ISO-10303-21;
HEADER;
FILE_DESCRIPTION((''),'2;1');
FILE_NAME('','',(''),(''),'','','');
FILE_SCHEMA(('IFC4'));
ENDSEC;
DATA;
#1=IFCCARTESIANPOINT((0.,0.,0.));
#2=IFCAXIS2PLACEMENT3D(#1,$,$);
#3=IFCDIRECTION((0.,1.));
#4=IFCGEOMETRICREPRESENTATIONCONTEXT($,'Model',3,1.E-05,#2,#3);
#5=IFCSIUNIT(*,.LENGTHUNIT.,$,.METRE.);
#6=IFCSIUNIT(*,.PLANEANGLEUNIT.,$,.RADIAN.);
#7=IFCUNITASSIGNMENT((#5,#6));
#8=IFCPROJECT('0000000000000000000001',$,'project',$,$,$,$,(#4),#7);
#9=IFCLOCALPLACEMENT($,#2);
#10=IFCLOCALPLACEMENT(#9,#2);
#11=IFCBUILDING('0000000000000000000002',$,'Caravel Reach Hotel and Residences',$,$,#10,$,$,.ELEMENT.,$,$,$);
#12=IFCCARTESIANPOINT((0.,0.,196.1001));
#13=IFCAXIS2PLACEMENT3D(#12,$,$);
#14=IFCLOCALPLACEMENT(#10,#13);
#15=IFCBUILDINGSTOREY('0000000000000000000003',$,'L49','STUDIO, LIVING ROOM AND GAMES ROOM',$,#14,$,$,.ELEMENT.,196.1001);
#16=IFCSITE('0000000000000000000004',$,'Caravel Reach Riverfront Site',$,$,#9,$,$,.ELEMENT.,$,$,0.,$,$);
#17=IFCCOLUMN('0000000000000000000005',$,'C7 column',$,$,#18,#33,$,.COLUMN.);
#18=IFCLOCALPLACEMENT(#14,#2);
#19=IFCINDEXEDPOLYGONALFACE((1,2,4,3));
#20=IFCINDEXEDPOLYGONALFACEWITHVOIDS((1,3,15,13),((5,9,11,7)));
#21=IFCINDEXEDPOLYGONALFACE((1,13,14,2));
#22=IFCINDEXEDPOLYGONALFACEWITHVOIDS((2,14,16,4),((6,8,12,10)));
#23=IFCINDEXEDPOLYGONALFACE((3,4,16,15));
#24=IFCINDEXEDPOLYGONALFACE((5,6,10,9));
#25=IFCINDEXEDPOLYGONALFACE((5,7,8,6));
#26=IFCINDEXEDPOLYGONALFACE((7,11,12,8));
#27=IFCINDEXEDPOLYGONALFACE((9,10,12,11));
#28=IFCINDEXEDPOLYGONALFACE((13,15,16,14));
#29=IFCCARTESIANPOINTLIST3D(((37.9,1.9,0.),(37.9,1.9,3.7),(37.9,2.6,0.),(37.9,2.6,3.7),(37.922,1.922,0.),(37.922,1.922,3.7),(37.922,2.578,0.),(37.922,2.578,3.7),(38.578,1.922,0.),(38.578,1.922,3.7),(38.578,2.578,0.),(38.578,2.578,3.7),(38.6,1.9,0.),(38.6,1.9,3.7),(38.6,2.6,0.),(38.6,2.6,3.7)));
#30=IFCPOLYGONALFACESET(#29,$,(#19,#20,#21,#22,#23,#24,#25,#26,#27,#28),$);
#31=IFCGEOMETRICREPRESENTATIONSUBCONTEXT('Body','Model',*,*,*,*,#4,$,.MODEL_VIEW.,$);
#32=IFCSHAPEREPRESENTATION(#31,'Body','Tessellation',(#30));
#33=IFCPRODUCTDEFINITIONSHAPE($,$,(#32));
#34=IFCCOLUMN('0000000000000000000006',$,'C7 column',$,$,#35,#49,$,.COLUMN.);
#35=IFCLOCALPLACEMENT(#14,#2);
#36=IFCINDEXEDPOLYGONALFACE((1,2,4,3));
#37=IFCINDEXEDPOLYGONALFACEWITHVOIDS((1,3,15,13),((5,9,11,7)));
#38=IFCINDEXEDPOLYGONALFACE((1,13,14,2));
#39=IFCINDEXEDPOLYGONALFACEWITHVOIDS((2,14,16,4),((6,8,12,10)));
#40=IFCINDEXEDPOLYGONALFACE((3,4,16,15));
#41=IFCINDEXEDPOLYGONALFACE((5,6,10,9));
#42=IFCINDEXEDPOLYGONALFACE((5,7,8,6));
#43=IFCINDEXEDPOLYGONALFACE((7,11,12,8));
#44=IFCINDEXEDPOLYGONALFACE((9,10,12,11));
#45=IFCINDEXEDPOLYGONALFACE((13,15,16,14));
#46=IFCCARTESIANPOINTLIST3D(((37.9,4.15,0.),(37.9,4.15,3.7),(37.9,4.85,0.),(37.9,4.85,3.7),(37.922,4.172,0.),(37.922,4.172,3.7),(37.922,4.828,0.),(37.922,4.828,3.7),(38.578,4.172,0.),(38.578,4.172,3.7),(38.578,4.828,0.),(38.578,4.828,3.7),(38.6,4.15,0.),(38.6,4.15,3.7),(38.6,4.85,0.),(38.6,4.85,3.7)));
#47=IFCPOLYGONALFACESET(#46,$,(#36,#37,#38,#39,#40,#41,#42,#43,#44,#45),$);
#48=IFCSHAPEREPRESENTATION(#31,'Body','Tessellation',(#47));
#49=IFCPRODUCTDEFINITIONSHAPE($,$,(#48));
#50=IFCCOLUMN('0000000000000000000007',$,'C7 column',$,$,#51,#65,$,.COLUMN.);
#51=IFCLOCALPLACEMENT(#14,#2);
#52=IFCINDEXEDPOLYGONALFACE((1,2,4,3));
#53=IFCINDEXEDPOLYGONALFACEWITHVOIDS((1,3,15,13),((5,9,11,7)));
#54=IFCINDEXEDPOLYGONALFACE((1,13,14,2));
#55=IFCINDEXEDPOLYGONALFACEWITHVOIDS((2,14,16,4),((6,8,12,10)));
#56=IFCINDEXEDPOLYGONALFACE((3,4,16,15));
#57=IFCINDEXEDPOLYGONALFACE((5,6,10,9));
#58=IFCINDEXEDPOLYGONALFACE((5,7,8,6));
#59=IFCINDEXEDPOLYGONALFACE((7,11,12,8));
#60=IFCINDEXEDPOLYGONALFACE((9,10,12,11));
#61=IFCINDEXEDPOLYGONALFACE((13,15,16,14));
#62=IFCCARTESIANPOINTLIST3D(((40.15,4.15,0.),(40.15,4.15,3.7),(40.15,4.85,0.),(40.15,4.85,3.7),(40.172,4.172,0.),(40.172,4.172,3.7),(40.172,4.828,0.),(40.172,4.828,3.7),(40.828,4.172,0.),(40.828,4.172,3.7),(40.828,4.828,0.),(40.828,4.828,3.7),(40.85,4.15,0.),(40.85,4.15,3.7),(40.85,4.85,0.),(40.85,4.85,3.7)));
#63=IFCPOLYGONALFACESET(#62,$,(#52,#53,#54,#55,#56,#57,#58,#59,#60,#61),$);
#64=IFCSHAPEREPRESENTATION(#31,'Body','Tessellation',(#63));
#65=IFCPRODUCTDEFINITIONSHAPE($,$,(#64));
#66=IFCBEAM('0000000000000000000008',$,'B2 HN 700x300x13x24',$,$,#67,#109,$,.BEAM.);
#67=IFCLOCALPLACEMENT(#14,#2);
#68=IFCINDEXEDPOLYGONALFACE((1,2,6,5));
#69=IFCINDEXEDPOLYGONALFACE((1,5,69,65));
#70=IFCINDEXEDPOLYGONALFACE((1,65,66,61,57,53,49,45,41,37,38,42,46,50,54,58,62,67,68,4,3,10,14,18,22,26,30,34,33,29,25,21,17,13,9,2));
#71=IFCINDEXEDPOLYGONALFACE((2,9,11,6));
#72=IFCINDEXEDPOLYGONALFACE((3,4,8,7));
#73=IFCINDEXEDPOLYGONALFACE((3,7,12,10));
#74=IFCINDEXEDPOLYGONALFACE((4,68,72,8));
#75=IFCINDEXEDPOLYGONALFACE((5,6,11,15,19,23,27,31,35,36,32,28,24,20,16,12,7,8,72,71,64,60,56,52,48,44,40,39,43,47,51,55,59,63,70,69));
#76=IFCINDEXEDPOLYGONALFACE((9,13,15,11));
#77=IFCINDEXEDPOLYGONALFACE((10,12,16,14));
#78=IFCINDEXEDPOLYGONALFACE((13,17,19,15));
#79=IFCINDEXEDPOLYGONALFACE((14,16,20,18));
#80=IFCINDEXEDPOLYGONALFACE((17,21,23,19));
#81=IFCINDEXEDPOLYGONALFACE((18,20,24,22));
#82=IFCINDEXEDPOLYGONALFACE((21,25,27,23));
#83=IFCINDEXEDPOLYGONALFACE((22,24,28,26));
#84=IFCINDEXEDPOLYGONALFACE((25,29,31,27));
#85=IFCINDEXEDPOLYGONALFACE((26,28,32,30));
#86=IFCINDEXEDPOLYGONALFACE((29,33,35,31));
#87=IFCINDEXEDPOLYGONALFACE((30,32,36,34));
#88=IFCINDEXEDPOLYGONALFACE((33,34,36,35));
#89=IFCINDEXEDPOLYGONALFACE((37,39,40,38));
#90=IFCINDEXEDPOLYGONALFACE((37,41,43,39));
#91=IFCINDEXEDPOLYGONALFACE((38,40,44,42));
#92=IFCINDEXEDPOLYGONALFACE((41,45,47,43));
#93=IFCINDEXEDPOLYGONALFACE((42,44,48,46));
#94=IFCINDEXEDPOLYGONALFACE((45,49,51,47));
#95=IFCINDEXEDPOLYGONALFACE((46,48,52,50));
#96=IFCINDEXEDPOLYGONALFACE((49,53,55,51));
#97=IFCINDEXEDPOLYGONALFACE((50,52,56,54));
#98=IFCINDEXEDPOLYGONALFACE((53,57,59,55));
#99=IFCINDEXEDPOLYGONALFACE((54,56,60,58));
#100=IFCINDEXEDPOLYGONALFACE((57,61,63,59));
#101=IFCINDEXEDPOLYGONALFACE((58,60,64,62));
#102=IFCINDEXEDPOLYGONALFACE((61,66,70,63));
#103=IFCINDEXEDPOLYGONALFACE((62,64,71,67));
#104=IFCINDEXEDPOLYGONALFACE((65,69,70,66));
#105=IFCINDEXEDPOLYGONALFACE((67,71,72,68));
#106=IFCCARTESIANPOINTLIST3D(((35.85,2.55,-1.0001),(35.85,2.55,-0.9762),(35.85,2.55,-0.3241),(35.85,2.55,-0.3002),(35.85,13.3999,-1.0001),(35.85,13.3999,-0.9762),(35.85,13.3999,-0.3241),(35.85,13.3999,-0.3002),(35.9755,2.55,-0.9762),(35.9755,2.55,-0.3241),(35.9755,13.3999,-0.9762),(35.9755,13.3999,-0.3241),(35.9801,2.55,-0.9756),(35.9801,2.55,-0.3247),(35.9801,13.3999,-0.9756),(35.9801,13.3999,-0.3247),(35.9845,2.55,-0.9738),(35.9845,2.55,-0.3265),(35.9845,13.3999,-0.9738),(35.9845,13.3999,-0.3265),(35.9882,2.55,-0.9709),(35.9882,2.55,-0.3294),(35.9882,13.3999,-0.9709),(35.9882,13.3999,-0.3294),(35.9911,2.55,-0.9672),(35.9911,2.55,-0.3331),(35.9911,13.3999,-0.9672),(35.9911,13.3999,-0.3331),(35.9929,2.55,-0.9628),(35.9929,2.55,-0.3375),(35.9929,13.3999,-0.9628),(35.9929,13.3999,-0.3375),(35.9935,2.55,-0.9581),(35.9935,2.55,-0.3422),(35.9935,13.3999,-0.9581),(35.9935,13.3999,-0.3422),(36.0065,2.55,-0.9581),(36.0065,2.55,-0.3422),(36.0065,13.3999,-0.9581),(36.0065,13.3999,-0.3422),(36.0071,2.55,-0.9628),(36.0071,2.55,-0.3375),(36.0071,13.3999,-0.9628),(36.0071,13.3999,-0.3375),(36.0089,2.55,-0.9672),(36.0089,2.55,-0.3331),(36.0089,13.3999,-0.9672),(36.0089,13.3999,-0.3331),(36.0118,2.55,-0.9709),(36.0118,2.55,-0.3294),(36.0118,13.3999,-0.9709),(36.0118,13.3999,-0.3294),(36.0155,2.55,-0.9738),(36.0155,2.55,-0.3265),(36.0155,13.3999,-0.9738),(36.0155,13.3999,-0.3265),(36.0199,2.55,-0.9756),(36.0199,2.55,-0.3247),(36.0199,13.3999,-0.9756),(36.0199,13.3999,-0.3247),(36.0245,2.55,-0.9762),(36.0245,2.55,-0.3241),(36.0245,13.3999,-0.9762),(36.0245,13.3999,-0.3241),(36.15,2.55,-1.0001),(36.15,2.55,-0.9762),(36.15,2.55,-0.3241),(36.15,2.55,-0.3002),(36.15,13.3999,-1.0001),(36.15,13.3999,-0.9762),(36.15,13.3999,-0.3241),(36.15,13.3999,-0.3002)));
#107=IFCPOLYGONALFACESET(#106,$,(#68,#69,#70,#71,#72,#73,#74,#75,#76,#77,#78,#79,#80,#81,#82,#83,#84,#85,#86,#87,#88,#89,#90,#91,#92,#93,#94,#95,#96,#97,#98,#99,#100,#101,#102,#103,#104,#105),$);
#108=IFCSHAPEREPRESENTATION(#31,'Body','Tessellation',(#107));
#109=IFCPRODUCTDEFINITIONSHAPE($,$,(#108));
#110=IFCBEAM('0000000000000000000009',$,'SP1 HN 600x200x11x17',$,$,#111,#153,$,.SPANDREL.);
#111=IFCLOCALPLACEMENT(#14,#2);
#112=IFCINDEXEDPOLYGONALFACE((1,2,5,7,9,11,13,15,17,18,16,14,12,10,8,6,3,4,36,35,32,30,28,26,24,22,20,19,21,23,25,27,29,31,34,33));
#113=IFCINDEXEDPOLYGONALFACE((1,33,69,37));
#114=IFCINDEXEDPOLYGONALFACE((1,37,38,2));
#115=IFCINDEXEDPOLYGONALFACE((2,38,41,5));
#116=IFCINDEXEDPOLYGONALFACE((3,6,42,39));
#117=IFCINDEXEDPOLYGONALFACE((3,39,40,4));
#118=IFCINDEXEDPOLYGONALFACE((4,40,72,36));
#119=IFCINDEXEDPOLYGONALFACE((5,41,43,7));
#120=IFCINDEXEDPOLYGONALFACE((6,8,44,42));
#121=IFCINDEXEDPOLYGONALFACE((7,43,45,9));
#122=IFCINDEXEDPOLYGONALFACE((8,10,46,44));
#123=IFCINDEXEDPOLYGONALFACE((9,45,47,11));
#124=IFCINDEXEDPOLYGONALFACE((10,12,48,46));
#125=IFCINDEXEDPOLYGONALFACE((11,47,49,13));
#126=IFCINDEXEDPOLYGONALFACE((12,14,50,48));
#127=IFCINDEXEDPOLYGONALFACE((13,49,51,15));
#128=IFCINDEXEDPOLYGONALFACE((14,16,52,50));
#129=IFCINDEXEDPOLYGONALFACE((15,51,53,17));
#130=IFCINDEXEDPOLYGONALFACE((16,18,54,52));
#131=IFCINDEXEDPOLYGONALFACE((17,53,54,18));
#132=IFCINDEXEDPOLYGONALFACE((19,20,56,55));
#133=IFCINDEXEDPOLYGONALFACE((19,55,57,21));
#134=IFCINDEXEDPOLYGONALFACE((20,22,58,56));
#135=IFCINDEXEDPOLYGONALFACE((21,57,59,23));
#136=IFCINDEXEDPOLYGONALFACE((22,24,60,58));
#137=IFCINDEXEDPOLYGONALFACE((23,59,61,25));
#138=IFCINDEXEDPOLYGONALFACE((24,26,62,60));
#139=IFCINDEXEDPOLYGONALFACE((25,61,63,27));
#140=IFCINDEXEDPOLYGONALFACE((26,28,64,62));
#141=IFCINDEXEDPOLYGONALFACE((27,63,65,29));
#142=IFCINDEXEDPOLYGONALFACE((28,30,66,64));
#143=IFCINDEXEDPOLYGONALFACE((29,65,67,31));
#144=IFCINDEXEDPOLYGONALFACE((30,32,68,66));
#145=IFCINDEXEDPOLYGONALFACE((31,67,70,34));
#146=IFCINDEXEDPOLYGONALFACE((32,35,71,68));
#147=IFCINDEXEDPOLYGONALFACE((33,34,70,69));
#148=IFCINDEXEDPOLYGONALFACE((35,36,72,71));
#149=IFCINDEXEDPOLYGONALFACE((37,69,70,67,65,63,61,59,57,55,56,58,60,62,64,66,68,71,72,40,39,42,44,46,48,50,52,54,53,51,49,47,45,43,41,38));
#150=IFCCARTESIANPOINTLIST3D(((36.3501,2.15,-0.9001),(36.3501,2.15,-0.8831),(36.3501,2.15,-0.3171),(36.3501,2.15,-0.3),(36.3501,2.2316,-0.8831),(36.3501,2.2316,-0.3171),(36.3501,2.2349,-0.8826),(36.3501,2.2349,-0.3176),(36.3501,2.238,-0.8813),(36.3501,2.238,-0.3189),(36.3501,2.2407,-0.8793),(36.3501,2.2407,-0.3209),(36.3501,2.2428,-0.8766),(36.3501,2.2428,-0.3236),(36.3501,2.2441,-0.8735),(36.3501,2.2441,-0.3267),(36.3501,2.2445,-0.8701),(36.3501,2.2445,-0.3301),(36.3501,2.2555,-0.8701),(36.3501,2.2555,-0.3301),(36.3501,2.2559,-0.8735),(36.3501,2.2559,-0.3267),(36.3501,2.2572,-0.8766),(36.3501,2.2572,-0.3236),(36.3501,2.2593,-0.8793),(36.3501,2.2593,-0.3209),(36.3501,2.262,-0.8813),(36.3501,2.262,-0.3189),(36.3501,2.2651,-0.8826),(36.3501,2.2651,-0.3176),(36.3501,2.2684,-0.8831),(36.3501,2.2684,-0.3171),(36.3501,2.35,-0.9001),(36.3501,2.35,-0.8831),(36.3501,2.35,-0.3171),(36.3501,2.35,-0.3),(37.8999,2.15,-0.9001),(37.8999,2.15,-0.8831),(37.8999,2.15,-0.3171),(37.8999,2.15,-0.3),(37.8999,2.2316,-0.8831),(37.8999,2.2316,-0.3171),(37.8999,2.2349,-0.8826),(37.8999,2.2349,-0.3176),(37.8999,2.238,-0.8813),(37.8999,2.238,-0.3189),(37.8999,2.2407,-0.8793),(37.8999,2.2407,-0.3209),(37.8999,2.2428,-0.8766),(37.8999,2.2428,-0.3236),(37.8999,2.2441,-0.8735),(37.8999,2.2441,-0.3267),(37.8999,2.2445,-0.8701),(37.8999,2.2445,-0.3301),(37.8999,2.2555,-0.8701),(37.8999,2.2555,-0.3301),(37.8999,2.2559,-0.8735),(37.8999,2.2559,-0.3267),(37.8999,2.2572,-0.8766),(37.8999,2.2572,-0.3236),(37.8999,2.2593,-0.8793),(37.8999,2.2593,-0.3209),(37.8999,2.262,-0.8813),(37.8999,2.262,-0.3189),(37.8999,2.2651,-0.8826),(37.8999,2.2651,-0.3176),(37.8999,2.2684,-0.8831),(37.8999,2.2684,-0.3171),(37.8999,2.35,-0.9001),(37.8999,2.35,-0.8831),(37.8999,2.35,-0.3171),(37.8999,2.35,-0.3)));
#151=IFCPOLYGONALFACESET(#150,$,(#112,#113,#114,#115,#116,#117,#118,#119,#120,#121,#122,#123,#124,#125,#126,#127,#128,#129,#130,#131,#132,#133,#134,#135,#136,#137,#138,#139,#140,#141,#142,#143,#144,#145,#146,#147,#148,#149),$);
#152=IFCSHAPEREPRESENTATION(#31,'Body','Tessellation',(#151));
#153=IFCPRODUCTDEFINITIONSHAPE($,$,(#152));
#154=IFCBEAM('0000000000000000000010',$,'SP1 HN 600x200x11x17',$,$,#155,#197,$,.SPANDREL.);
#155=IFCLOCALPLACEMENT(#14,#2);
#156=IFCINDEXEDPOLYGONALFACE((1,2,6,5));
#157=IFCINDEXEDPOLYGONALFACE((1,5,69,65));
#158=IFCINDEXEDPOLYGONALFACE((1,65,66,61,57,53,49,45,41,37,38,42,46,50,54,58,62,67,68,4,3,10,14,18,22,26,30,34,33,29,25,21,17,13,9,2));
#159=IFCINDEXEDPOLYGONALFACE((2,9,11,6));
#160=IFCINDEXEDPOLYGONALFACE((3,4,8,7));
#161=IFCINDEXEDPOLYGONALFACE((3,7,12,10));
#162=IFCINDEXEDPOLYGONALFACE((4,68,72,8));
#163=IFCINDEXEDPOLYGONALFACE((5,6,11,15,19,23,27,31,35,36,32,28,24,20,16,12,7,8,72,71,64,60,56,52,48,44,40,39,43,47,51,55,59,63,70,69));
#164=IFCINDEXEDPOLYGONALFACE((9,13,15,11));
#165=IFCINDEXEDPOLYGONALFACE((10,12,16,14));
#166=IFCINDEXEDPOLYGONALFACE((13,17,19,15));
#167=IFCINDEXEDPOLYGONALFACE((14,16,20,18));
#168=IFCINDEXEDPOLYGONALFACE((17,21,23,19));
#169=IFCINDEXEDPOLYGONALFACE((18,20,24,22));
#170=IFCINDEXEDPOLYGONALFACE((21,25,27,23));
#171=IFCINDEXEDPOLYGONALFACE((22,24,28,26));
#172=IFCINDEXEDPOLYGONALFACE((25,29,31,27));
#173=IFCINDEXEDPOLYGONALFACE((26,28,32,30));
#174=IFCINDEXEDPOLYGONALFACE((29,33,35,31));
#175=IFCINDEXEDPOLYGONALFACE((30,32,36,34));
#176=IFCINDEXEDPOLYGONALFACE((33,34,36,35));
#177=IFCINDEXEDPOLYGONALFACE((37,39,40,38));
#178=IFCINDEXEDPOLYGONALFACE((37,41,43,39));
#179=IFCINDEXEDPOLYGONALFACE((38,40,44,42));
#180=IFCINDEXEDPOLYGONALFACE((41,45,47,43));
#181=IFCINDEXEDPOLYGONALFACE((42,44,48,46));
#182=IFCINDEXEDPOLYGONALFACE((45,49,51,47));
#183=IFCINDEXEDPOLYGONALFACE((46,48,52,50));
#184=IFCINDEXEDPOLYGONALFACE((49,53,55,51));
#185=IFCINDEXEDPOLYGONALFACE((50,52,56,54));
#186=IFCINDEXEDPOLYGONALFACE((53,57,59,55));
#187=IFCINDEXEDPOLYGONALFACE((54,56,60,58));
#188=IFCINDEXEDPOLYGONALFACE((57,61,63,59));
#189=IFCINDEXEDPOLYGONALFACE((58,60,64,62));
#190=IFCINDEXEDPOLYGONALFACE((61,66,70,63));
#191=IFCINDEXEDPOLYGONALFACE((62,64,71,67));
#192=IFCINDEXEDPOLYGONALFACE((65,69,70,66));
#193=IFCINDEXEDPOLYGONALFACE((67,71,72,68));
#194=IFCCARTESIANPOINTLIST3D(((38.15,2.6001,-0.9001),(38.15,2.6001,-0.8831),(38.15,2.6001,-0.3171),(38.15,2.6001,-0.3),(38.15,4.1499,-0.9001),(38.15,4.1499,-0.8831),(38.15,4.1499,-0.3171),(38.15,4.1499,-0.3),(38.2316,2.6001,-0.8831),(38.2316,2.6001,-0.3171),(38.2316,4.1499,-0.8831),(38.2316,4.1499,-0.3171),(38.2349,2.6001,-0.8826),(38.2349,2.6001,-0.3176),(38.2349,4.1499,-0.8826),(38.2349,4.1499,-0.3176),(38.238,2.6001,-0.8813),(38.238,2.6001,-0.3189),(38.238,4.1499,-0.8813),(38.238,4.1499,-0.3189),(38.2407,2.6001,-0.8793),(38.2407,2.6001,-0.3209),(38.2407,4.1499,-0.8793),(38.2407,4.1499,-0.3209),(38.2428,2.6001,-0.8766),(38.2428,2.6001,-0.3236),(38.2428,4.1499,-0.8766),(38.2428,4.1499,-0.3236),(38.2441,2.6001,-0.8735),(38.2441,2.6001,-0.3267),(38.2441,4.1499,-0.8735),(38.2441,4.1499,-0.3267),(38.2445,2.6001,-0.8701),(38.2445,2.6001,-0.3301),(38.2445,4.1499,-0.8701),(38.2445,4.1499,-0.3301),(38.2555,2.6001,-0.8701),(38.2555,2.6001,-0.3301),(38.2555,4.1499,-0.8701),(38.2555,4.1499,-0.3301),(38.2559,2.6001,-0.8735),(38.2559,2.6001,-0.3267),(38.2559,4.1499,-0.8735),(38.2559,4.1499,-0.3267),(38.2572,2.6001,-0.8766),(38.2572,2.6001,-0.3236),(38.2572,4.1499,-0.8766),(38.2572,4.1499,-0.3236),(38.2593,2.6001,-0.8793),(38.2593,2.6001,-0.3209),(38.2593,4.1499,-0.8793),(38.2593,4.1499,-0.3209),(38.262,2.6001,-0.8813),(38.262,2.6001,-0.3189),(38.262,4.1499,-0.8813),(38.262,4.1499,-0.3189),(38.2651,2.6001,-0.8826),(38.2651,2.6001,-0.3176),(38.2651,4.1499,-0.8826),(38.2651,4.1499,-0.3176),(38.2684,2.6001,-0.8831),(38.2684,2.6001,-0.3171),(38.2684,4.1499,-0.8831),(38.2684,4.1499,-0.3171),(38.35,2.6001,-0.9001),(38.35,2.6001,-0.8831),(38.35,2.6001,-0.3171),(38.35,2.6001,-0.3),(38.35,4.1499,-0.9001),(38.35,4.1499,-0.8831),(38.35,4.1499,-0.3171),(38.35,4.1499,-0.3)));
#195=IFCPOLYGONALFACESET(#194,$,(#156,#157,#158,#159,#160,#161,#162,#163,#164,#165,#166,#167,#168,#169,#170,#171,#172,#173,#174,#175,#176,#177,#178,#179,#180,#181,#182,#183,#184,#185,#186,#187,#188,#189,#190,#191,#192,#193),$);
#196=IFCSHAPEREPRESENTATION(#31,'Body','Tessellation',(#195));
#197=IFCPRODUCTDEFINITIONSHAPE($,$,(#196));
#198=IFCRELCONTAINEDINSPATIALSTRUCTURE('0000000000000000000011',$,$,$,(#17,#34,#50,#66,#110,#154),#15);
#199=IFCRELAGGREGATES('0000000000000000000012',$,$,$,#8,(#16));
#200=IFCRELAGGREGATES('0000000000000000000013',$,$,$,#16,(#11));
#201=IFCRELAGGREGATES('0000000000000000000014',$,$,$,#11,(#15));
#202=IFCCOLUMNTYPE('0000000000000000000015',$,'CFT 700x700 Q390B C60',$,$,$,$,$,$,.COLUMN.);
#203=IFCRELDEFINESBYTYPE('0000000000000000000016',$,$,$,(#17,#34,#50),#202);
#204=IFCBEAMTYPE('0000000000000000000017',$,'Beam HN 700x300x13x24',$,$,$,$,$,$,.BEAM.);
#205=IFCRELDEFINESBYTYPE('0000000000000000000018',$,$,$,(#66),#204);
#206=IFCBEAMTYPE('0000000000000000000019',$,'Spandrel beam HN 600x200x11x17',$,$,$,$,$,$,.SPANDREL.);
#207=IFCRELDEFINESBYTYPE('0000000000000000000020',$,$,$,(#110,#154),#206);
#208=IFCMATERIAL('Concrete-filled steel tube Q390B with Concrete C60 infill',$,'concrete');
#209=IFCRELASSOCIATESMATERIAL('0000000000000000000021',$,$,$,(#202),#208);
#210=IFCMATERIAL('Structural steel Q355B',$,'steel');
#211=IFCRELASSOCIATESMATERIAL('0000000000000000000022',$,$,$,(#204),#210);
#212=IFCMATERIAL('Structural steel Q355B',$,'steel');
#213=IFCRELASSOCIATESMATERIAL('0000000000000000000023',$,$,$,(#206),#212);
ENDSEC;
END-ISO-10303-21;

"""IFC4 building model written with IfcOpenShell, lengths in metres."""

from ifc_helpers import new_model, si_unit, direction, frame, origin, origin_2d, place, context, subcontext, project, spatial, hollow_rectangle, i_section, extrude, material, material_profile, profile_set, type_object, element, save


model = new_model("IFC4")

# Units and contexts
model_context = context("Model", 3, precision=1e-05, world=origin(), true_north=direction((0.0, 1.0)))
body_context = subcontext(model_context, "Body", "Model", "MODEL_VIEW")
ifc_project = project(units=[si_unit("LENGTHUNIT", "METRE"), si_unit("PLANEANGLEUNIT", "RADIAN")], contexts=[model_context])

# Site, building, storey
site_placement = place(None, origin())
site = spatial("IfcSite", under=ifc_project, at=site_placement, Name="Caravel Reach Riverfront Site", CompositionType="ELEMENT", RefElevation=0.0)
building_placement = place(site_placement, origin())
building = spatial("IfcBuilding", under=site, at=building_placement, Name="Caravel Reach Hotel and Residences", CompositionType="ELEMENT")
storey_placement = place(building_placement, frame((0.0, 0.0, 196.1001)))
storey = spatial("IfcBuildingStorey", under=building, at=storey_placement, Name="L49", Description="STUDIO, LIVING ROOM AND GAMES ROOM", CompositionType="ELEMENT", Elevation=196.1001)

# Columns
ifc_material_1 = material(Name="Concrete-filled steel tube Q390B with Concrete C60 infill", Category="concrete")
ifc_material_profile_1 = material_profile(ifc_material_1, hollow_rectangle(XDim=0.7, YDim=0.7, WallThickness=0.022, at=origin_2d()), Name="RHS 700x700x22")
ifc_profile_set_1 = profile_set([ifc_material_profile_1], Name="Concrete-filled steel tube Q390B with Concrete C60 infill")
column_type = type_object("IfcColumnType", Name="CFT 700x700 Q390B C60", PredefinedType="COLUMN", material=ifc_profile_set_1)
for number, where, z_axis, x_axis, name in (
    (1, (38.25, 2.25, 0.0), (0.0, 0.0, 1.0), (1.0, 0.0, 0.0), "C7 column"),
    (2, (38.25, 4.5, 0.0), (0.0, 0.0, 1.0), (1.0, 0.0, 0.0), "C7 column"),
    (3, (40.5, 4.5, 0.0), (0.0, 0.0, 1.0), (1.0, 0.0, 0.0), "C7 column"),
):
    element("IfcColumn", number, at=place(storey_placement, frame(where, z_axis=z_axis, x_axis=x_axis)), inside=storey, type_object=column_type, Name=name, PredefinedType="COLUMN", context=body_context, shape_type="SweptSolid", body=[
        extrude(hollow_rectangle(XDim=0.7, YDim=0.7, WallThickness=0.022, at=origin_2d()), origin(), (0.0, 0.0, 1.0), 3.7),
    ])

# Beams
ifc_material_2 = material(Name="Structural steel Q355B", Category="steel")
ifc_material_profile_2 = material_profile(ifc_material_2, i_section(OverallWidth=0.3, OverallDepth=0.7, WebThickness=0.0129, FlangeThickness=0.0239, FilletRadius=0.0181, at=origin_2d()), Name="HN 700x300x13x24")
ifc_profile_set_2 = profile_set([ifc_material_profile_2], Name="Structural steel Q355B")
beam_type_1 = type_object("IfcBeamType", Name="Beam HN 700x300x13x24", PredefinedType="BEAM", material=ifc_profile_set_2)
beam_1_placement = place(storey_placement, frame((36.0, 13.3999, -0.6501), z_axis=(0.0, -1.0, 0.0), x_axis=(1.0, 0.0, 0.0)))
element("IfcBeam", 4, at=beam_1_placement, inside=storey, type_object=beam_type_1, Name="B2 HN 700x300x13x24", PredefinedType="BEAM", context=body_context, shape_type="SweptSolid", body=[
    extrude(i_section(OverallWidth=0.3, OverallDepth=0.7, WebThickness=0.0129, FlangeThickness=0.0239, FilletRadius=0.0181, at=origin_2d()), origin(), (0.0, 0.0, 1.0), 10.8499),
])
ifc_material_3 = material(Name="Structural steel Q355B", Category="steel")
ifc_material_profile_3 = material_profile(ifc_material_3, i_section(OverallWidth=0.2, OverallDepth=0.6001, WebThickness=0.011, FlangeThickness=0.0171, FilletRadius=0.0129, at=origin_2d()), Name="HN 600x200x11x17")
ifc_profile_set_3 = profile_set([ifc_material_profile_3], Name="Structural steel Q355B")
beam_type_2 = type_object("IfcBeamType", Name="Spandrel beam HN 600x200x11x17", PredefinedType="SPANDREL", material=ifc_profile_set_3)
for number, where, z_axis, x_axis, name in (
    (5, (36.3501, 2.25, -0.6001), (1.0, 0.0, 0.0), (0.0, 1.0, 0.0), "SP1 HN 600x200x11x17"),
    (6, (38.25, 2.6001, -0.6001), (0.0, 1.0, 0.0), (-1.0, 0.0, 0.0), "SP1 HN 600x200x11x17"),
):
    element("IfcBeam", number, at=place(storey_placement, frame(where, z_axis=z_axis, x_axis=x_axis)), inside=storey, type_object=beam_type_2, Name=name, PredefinedType="SPANDREL", context=body_context, shape_type="SweptSolid", body=[
        extrude(i_section(OverallWidth=0.2, OverallDepth=0.6001, WebThickness=0.011, FlangeThickness=0.0171, FilletRadius=0.0129, at=origin_2d()), origin(), (0.0, 0.0, 1.0), 1.5498),
    ])

save(model, "model.ifc")
